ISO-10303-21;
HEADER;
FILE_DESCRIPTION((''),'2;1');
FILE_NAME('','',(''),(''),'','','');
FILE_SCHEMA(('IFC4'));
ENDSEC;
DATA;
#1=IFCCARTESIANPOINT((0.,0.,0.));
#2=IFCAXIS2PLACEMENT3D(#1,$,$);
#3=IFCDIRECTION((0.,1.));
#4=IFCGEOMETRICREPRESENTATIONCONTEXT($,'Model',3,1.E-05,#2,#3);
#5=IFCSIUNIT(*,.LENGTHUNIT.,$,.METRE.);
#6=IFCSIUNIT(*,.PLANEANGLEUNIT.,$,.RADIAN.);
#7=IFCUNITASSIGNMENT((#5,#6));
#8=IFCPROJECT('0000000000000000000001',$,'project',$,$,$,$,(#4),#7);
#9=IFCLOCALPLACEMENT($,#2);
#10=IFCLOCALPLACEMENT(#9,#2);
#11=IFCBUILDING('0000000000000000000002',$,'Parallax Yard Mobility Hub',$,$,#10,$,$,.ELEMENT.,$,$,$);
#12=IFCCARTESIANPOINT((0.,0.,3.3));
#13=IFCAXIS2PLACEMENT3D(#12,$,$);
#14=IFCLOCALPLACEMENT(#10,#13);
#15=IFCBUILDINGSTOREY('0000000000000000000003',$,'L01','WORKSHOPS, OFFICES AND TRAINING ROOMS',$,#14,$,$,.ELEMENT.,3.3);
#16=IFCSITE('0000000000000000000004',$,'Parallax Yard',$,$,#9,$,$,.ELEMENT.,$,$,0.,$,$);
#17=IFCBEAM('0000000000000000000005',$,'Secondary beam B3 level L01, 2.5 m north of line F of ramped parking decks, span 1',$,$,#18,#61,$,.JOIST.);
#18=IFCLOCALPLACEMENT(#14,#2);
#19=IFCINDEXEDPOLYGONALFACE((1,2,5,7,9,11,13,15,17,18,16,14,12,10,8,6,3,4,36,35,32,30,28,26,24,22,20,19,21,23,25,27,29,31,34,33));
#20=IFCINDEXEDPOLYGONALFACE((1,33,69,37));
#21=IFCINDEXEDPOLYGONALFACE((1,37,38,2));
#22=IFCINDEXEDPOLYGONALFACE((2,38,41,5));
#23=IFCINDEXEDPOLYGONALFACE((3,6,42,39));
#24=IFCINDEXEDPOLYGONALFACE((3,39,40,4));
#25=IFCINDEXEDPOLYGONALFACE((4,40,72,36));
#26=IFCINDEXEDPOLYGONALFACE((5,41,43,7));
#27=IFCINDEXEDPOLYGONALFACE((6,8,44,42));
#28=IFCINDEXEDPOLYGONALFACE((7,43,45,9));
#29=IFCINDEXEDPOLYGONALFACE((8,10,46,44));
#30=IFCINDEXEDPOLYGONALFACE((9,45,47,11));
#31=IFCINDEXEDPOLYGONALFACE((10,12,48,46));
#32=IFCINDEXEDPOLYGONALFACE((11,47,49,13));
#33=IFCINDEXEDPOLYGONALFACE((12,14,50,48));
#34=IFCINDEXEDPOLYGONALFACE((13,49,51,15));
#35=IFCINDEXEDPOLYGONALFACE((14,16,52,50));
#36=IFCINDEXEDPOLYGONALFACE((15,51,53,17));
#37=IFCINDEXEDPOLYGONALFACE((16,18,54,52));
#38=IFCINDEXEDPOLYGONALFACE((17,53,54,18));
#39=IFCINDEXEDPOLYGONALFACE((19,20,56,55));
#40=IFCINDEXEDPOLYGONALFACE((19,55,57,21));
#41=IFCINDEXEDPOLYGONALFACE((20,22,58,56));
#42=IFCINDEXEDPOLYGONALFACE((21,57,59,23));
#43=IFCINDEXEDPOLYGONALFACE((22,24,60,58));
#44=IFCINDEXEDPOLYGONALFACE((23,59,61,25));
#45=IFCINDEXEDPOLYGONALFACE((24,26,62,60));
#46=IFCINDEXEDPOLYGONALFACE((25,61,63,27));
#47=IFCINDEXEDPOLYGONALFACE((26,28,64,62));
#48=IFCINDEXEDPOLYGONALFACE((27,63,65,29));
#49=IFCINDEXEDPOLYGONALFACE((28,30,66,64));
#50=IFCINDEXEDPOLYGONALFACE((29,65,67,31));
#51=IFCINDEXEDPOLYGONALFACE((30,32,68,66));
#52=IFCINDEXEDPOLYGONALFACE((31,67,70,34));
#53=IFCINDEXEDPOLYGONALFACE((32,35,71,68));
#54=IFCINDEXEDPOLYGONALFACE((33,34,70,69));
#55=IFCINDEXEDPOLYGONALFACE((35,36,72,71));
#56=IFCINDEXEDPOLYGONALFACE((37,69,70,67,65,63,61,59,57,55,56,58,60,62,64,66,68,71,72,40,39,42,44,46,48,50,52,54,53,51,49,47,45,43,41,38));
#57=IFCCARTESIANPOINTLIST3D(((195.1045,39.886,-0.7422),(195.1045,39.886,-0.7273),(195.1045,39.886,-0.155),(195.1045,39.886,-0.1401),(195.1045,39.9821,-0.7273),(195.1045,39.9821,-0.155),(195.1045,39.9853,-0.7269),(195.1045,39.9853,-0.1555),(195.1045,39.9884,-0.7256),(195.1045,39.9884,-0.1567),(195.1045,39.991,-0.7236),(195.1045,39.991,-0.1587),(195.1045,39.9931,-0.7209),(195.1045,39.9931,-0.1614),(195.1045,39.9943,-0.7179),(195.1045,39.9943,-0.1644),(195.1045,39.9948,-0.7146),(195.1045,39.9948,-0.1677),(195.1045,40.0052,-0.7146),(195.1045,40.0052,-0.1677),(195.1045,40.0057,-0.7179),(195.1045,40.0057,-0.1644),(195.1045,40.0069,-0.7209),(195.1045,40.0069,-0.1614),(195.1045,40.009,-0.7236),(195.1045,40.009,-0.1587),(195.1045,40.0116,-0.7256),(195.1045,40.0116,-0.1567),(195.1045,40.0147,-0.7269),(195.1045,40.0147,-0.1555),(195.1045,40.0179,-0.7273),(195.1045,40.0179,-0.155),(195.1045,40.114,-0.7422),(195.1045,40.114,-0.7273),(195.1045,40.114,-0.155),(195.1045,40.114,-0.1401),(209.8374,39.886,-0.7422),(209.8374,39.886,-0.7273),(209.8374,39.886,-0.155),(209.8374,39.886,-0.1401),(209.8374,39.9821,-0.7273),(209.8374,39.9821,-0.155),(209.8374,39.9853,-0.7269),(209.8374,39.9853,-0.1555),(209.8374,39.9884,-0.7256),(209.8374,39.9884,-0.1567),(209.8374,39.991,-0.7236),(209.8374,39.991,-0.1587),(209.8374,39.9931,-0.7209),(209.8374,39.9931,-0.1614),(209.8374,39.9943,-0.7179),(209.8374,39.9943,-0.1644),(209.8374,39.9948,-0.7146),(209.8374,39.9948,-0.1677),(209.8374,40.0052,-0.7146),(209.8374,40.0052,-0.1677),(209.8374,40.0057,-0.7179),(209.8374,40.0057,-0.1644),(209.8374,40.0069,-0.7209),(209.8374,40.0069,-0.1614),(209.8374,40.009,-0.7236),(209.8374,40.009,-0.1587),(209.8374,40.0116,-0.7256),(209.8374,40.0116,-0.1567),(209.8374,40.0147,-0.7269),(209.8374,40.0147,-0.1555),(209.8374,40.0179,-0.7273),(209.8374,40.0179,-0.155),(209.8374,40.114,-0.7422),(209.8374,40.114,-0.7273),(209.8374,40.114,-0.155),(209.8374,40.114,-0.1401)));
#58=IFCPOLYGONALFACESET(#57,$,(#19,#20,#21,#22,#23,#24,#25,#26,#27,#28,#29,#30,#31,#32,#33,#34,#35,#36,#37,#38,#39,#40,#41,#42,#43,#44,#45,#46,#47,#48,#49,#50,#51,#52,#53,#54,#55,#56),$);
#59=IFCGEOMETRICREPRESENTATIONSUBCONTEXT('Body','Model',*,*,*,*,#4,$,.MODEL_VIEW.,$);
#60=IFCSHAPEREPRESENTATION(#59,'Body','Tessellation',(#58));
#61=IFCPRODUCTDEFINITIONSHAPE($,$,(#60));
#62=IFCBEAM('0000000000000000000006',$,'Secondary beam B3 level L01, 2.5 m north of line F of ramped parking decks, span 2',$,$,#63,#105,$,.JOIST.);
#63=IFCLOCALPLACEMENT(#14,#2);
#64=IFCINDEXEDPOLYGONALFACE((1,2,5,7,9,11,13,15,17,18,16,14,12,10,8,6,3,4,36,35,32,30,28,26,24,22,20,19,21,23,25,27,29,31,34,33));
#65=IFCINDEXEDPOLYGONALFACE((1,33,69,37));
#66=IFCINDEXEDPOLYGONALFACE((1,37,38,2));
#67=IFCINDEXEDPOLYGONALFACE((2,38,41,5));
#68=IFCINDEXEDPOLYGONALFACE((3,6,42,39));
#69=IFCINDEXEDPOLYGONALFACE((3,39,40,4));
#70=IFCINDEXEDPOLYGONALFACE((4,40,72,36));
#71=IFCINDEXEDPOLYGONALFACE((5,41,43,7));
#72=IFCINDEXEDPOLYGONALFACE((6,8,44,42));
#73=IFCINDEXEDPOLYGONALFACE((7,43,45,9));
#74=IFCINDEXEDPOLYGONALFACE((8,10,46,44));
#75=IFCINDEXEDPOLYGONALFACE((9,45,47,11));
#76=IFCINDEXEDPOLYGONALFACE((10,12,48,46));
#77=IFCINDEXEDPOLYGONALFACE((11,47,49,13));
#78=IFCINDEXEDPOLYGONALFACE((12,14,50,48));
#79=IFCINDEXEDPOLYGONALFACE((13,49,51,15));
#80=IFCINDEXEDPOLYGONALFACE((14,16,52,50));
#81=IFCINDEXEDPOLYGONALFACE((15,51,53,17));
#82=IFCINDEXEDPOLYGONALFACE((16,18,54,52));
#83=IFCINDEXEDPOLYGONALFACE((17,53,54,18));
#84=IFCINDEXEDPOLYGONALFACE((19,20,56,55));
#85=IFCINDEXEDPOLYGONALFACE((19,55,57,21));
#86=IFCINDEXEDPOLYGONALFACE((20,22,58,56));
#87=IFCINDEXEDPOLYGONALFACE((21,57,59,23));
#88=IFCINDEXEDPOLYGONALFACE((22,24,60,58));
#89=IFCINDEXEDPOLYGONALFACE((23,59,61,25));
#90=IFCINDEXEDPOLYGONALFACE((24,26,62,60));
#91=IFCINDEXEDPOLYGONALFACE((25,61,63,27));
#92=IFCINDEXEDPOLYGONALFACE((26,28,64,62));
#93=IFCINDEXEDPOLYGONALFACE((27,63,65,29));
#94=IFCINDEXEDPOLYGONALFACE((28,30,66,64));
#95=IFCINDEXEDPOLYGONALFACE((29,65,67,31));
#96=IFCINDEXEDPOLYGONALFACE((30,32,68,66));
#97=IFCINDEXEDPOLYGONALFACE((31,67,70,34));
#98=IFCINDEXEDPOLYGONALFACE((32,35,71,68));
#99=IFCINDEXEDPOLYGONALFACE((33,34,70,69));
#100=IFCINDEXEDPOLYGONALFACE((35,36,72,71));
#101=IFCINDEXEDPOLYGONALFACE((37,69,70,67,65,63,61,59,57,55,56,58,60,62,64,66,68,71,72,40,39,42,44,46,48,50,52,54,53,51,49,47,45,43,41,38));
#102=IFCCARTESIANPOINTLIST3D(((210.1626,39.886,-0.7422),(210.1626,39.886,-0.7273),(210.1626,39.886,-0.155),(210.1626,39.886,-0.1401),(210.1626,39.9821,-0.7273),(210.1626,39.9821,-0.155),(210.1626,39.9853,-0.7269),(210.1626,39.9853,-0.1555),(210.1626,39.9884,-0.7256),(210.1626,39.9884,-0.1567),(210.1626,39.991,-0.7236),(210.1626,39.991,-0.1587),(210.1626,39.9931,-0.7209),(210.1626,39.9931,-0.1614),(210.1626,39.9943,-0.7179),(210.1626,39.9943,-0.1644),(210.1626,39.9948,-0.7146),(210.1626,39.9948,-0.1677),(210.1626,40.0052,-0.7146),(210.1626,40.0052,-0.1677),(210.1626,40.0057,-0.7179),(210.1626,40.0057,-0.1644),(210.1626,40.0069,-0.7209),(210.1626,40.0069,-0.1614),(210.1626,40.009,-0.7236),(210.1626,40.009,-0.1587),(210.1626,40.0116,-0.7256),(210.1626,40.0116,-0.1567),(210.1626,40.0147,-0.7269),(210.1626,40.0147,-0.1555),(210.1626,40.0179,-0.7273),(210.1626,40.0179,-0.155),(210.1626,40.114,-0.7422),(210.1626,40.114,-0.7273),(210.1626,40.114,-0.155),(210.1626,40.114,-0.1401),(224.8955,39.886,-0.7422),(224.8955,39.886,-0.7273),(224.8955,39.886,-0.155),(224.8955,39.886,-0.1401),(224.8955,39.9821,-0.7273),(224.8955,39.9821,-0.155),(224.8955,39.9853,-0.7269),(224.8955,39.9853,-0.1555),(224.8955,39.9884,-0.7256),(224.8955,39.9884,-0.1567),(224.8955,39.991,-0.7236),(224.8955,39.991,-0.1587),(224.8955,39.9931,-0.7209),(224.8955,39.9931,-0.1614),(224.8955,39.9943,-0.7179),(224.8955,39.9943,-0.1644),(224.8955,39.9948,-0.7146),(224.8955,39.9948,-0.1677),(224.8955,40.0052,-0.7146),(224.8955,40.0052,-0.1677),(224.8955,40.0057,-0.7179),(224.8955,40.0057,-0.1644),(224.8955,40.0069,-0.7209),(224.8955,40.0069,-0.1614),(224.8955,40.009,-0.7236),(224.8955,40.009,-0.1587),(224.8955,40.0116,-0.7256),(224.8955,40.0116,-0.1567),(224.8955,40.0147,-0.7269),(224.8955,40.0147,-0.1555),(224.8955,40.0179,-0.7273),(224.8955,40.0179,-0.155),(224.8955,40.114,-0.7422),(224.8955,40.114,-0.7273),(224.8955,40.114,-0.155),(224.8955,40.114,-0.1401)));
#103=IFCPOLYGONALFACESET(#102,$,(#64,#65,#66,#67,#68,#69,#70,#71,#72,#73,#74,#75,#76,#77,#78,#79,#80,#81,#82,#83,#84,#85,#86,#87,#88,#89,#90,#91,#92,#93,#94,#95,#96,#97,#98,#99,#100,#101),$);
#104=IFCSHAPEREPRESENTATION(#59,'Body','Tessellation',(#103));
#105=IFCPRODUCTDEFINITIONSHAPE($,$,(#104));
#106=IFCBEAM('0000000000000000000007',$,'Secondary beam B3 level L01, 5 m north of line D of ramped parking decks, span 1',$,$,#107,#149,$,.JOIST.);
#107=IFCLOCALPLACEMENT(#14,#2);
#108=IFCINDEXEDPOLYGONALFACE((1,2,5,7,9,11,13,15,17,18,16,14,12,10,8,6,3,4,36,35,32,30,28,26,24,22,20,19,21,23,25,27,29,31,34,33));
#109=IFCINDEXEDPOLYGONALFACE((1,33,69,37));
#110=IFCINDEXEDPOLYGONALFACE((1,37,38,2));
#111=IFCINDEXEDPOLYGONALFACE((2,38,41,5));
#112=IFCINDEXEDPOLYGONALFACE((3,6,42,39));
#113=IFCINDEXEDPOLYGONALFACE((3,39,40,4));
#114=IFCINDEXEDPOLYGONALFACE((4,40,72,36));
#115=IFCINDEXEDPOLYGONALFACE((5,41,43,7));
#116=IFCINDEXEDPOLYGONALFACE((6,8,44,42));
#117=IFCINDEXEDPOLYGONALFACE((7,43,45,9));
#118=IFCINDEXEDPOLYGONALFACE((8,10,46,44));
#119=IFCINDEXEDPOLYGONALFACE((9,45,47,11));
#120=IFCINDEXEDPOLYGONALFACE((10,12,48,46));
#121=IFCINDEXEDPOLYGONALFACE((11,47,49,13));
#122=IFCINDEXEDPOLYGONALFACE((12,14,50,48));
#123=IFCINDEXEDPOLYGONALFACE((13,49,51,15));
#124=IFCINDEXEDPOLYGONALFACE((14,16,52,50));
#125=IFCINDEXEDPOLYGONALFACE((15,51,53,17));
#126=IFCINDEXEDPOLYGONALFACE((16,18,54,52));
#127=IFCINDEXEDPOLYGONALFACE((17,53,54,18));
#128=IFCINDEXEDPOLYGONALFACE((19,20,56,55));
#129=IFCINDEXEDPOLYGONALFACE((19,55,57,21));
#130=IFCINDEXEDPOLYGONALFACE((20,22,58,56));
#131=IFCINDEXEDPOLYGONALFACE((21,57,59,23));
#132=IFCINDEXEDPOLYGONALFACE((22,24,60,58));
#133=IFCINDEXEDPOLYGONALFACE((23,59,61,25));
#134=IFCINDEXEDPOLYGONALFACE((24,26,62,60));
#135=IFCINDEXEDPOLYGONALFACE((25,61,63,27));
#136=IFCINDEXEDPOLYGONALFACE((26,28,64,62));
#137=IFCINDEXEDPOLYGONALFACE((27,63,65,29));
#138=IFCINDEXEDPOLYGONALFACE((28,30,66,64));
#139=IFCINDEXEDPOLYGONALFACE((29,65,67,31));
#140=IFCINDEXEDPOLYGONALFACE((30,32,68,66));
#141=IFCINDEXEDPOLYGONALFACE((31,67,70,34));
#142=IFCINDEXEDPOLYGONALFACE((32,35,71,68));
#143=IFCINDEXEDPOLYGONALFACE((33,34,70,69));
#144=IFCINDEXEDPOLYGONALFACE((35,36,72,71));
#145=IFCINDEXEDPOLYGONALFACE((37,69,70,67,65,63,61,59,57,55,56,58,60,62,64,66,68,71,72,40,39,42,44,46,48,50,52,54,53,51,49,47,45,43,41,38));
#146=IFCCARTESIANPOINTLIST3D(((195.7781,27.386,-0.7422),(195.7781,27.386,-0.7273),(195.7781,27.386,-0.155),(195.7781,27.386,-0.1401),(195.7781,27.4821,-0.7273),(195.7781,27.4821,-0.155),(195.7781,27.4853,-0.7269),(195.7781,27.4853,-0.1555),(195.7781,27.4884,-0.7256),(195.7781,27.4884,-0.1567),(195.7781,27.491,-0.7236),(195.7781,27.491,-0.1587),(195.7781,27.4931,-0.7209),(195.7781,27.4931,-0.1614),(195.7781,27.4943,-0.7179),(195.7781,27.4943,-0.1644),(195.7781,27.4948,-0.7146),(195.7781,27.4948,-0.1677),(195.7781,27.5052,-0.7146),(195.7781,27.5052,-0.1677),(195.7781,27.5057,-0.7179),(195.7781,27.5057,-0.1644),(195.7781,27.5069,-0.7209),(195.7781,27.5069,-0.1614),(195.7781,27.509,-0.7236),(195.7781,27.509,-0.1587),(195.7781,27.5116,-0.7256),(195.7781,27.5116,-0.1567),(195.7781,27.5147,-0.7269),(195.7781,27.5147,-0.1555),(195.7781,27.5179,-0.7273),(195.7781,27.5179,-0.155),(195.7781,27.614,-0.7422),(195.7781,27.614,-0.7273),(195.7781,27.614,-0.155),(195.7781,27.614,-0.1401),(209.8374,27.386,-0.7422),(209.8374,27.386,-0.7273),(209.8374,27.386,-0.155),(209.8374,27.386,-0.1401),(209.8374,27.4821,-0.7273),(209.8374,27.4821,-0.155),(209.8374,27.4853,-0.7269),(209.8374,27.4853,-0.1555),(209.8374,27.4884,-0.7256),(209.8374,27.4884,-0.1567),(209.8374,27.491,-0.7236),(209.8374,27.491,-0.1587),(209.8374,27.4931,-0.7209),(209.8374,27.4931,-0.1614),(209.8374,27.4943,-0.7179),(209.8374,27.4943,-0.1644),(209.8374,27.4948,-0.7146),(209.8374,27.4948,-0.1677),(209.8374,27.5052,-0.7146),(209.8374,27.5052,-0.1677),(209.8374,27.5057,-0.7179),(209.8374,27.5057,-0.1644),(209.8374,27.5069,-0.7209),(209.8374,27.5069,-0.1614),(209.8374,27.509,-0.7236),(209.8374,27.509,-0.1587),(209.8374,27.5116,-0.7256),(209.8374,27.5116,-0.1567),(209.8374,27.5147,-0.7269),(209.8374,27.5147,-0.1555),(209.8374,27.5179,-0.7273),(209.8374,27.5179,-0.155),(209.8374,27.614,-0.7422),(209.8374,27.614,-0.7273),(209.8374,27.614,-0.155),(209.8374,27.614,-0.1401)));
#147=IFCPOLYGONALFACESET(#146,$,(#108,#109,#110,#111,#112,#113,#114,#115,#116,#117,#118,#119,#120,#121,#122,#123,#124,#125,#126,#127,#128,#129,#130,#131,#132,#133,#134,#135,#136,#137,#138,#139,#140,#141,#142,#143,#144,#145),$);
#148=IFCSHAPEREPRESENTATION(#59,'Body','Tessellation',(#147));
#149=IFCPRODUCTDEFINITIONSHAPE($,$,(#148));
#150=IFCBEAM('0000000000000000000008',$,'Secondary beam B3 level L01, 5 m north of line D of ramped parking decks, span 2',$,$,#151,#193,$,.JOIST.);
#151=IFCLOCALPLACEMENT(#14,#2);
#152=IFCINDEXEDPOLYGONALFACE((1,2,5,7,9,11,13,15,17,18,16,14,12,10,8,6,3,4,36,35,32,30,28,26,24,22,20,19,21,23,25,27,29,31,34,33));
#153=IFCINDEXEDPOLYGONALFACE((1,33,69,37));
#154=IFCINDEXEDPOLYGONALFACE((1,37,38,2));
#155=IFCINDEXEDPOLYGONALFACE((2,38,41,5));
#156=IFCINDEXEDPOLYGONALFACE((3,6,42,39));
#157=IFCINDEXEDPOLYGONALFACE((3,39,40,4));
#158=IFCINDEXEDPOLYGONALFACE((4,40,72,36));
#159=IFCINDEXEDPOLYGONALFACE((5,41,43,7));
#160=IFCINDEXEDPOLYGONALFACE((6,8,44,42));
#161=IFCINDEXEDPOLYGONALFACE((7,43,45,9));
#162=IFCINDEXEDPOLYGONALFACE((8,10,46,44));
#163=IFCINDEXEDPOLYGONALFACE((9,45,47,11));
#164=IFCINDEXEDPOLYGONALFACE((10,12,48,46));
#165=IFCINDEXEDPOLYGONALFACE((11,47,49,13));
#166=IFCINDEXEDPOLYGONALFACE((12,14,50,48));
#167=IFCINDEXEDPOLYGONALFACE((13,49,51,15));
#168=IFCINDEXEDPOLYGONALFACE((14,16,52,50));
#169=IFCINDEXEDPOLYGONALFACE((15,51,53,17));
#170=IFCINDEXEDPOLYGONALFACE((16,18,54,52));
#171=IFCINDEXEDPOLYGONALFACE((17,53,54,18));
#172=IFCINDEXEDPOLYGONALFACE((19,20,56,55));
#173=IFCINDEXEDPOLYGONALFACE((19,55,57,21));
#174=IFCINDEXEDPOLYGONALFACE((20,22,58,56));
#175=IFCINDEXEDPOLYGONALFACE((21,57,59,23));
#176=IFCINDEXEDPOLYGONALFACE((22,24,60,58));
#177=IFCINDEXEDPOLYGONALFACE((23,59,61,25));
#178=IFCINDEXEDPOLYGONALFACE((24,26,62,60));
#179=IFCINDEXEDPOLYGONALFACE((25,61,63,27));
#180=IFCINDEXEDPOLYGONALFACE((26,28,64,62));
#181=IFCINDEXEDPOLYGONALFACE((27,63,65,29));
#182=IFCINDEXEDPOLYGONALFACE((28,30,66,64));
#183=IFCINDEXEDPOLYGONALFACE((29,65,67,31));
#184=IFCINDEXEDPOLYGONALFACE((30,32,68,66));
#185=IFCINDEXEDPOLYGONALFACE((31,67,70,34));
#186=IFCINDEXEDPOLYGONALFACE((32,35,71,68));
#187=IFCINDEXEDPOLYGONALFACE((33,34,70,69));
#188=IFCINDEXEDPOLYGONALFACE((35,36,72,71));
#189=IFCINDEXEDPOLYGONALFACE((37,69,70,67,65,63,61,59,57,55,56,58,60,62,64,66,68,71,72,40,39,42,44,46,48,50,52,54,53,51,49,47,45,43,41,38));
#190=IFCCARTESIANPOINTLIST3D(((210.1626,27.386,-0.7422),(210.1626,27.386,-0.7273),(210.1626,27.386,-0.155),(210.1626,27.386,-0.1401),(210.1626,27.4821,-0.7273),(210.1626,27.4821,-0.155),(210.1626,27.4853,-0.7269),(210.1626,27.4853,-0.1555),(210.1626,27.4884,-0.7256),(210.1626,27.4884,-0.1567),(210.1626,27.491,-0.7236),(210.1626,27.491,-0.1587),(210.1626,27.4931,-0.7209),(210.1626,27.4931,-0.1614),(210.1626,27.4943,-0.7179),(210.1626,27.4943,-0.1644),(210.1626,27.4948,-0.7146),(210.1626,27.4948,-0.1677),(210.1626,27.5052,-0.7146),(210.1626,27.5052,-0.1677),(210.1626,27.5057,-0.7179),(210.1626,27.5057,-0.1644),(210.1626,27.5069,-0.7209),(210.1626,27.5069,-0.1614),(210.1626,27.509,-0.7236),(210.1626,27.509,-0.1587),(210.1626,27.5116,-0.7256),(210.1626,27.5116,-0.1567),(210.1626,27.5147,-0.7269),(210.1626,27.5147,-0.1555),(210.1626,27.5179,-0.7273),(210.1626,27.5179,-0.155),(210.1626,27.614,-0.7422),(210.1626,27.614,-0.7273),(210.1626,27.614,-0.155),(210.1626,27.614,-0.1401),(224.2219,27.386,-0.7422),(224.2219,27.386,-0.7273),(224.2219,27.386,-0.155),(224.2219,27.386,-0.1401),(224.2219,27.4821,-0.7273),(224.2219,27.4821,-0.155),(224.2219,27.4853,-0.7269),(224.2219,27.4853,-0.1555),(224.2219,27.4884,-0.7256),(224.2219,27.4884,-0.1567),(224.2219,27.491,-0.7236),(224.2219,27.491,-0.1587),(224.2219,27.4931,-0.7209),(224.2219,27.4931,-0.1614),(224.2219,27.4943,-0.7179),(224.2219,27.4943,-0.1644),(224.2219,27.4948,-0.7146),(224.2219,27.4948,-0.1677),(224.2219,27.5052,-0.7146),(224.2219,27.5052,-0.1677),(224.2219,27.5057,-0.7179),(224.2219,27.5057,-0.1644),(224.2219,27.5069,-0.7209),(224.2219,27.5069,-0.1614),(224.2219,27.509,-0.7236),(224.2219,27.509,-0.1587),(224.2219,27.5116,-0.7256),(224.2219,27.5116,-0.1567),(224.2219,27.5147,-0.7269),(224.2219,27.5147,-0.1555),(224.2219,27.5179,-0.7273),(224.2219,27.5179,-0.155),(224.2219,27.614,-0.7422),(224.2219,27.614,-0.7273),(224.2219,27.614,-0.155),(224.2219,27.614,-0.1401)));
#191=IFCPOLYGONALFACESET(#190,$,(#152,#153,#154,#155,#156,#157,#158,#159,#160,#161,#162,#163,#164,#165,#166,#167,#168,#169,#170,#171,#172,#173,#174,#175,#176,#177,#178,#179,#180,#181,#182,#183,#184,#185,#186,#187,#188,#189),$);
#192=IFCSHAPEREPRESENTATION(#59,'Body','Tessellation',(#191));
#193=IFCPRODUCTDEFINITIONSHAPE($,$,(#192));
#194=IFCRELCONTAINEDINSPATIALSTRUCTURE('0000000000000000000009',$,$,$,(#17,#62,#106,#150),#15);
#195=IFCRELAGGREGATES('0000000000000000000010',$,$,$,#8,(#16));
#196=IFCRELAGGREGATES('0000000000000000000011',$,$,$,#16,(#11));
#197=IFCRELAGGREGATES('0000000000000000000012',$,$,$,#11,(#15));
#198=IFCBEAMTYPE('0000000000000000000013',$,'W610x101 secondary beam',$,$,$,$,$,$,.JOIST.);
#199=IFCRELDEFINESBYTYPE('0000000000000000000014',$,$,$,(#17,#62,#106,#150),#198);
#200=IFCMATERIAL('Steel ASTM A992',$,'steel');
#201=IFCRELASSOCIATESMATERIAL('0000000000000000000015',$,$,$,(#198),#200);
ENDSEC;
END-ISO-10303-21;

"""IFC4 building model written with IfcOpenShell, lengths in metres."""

from ifc_helpers import new_model, si_unit, direction, frame, origin, origin_2d, place, context, subcontext, project, spatial, i_section, extrude, material, material_profile, profile_set, type_object, element, save


model = new_model("IFC4")

# Units and contexts
model_context = context("Model", 3, precision=1e-05, world=origin(), true_north=direction((0.0, 1.0)))
body_context = subcontext(model_context, "Body", "Model", "MODEL_VIEW")
ifc_project = project(units=[si_unit("LENGTHUNIT", "METRE"), si_unit("PLANEANGLEUNIT", "RADIAN")], contexts=[model_context])

# Site, building, storey
site_placement = place(None, origin())
site = spatial("IfcSite", under=ifc_project, at=site_placement, Name="Parallax Yard", CompositionType="ELEMENT", RefElevation=0.0)
building_placement = place(site_placement, origin())
building = spatial("IfcBuilding", under=site, at=building_placement, Name="Parallax Yard Mobility Hub", CompositionType="ELEMENT")
storey_placement = place(building_placement, frame((0.0, 0.0, 3.3)))
storey = spatial("IfcBuildingStorey", under=building, at=storey_placement, Name="L01", Description="WORKSHOPS, OFFICES AND TRAINING ROOMS", CompositionType="ELEMENT", Elevation=3.3)

# Shared definitions
ifc_material_1 = material(Name="Steel ASTM A992", Category="steel")

# Beams
ifc_material_profile_1 = material_profile(ifc_material_1, i_section(OverallWidth=0.228, OverallDepth=0.6021, WebThickness=0.0105, FlangeThickness=0.0149, FilletRadius=0.0127, at=origin_2d()), Name="W610x101")
ifc_profile_set_1 = profile_set([ifc_material_profile_1], Name="Steel ASTM A992")
beam_type_1 = type_object("IfcBeamType", Name="W610x101 secondary beam", PredefinedType="JOIST", material=ifc_profile_set_1)
for number, where, z_axis, x_axis, name in (
    (1, (195.1045, 40.0, -0.4412), (1.0, 0.0, 0.0), (0.0, 1.0, 0.0), "Secondary beam B3 level L01, 2.5 m north of line F of ramped parking decks, span 1"),
    (2, (210.1626, 40.0, -0.4412), (1.0, 0.0, 0.0), (0.0, 1.0, 0.0), "Secondary beam B3 level L01, 2.5 m north of line F of ramped parking decks, span 2"),
):
    element("IfcBeam", number, at=place(storey_placement, frame(where, z_axis=z_axis, x_axis=x_axis)), inside=storey, type_object=beam_type_1, Name=name, PredefinedType="JOIST", context=body_context, shape_type="SweptSolid", body=[
        extrude(i_section(OverallWidth=0.228, OverallDepth=0.6021, WebThickness=0.0105, FlangeThickness=0.0149, FilletRadius=0.0127, at=origin_2d()), origin(), (0.0, 0.0, 1.0), 14.7329),
    ])
for number, where, z_axis, x_axis, name in (
    (3, (195.7781, 27.5, -0.4412), (1.0, 0.0, 0.0), (0.0, 1.0, 0.0), "Secondary beam B3 level L01, 5 m north of line D of ramped parking decks, span 1"),
    (4, (210.1626, 27.5, -0.4412), (1.0, 0.0, 0.0), (0.0, 1.0, 0.0), "Secondary beam B3 level L01, 5 m north of line D of ramped parking decks, span 2"),
):
    element("IfcBeam", number, at=place(storey_placement, frame(where, z_axis=z_axis, x_axis=x_axis)), inside=storey, type_object=beam_type_1, Name=name, PredefinedType="JOIST", context=body_context, shape_type="SweptSolid", body=[
        extrude(i_section(OverallWidth=0.228, OverallDepth=0.6021, WebThickness=0.0105, FlangeThickness=0.0149, FilletRadius=0.0127, at=origin_2d()), origin(), (0.0, 0.0, 1.0), 14.0593),
    ])

save(model, "model.ifc")
